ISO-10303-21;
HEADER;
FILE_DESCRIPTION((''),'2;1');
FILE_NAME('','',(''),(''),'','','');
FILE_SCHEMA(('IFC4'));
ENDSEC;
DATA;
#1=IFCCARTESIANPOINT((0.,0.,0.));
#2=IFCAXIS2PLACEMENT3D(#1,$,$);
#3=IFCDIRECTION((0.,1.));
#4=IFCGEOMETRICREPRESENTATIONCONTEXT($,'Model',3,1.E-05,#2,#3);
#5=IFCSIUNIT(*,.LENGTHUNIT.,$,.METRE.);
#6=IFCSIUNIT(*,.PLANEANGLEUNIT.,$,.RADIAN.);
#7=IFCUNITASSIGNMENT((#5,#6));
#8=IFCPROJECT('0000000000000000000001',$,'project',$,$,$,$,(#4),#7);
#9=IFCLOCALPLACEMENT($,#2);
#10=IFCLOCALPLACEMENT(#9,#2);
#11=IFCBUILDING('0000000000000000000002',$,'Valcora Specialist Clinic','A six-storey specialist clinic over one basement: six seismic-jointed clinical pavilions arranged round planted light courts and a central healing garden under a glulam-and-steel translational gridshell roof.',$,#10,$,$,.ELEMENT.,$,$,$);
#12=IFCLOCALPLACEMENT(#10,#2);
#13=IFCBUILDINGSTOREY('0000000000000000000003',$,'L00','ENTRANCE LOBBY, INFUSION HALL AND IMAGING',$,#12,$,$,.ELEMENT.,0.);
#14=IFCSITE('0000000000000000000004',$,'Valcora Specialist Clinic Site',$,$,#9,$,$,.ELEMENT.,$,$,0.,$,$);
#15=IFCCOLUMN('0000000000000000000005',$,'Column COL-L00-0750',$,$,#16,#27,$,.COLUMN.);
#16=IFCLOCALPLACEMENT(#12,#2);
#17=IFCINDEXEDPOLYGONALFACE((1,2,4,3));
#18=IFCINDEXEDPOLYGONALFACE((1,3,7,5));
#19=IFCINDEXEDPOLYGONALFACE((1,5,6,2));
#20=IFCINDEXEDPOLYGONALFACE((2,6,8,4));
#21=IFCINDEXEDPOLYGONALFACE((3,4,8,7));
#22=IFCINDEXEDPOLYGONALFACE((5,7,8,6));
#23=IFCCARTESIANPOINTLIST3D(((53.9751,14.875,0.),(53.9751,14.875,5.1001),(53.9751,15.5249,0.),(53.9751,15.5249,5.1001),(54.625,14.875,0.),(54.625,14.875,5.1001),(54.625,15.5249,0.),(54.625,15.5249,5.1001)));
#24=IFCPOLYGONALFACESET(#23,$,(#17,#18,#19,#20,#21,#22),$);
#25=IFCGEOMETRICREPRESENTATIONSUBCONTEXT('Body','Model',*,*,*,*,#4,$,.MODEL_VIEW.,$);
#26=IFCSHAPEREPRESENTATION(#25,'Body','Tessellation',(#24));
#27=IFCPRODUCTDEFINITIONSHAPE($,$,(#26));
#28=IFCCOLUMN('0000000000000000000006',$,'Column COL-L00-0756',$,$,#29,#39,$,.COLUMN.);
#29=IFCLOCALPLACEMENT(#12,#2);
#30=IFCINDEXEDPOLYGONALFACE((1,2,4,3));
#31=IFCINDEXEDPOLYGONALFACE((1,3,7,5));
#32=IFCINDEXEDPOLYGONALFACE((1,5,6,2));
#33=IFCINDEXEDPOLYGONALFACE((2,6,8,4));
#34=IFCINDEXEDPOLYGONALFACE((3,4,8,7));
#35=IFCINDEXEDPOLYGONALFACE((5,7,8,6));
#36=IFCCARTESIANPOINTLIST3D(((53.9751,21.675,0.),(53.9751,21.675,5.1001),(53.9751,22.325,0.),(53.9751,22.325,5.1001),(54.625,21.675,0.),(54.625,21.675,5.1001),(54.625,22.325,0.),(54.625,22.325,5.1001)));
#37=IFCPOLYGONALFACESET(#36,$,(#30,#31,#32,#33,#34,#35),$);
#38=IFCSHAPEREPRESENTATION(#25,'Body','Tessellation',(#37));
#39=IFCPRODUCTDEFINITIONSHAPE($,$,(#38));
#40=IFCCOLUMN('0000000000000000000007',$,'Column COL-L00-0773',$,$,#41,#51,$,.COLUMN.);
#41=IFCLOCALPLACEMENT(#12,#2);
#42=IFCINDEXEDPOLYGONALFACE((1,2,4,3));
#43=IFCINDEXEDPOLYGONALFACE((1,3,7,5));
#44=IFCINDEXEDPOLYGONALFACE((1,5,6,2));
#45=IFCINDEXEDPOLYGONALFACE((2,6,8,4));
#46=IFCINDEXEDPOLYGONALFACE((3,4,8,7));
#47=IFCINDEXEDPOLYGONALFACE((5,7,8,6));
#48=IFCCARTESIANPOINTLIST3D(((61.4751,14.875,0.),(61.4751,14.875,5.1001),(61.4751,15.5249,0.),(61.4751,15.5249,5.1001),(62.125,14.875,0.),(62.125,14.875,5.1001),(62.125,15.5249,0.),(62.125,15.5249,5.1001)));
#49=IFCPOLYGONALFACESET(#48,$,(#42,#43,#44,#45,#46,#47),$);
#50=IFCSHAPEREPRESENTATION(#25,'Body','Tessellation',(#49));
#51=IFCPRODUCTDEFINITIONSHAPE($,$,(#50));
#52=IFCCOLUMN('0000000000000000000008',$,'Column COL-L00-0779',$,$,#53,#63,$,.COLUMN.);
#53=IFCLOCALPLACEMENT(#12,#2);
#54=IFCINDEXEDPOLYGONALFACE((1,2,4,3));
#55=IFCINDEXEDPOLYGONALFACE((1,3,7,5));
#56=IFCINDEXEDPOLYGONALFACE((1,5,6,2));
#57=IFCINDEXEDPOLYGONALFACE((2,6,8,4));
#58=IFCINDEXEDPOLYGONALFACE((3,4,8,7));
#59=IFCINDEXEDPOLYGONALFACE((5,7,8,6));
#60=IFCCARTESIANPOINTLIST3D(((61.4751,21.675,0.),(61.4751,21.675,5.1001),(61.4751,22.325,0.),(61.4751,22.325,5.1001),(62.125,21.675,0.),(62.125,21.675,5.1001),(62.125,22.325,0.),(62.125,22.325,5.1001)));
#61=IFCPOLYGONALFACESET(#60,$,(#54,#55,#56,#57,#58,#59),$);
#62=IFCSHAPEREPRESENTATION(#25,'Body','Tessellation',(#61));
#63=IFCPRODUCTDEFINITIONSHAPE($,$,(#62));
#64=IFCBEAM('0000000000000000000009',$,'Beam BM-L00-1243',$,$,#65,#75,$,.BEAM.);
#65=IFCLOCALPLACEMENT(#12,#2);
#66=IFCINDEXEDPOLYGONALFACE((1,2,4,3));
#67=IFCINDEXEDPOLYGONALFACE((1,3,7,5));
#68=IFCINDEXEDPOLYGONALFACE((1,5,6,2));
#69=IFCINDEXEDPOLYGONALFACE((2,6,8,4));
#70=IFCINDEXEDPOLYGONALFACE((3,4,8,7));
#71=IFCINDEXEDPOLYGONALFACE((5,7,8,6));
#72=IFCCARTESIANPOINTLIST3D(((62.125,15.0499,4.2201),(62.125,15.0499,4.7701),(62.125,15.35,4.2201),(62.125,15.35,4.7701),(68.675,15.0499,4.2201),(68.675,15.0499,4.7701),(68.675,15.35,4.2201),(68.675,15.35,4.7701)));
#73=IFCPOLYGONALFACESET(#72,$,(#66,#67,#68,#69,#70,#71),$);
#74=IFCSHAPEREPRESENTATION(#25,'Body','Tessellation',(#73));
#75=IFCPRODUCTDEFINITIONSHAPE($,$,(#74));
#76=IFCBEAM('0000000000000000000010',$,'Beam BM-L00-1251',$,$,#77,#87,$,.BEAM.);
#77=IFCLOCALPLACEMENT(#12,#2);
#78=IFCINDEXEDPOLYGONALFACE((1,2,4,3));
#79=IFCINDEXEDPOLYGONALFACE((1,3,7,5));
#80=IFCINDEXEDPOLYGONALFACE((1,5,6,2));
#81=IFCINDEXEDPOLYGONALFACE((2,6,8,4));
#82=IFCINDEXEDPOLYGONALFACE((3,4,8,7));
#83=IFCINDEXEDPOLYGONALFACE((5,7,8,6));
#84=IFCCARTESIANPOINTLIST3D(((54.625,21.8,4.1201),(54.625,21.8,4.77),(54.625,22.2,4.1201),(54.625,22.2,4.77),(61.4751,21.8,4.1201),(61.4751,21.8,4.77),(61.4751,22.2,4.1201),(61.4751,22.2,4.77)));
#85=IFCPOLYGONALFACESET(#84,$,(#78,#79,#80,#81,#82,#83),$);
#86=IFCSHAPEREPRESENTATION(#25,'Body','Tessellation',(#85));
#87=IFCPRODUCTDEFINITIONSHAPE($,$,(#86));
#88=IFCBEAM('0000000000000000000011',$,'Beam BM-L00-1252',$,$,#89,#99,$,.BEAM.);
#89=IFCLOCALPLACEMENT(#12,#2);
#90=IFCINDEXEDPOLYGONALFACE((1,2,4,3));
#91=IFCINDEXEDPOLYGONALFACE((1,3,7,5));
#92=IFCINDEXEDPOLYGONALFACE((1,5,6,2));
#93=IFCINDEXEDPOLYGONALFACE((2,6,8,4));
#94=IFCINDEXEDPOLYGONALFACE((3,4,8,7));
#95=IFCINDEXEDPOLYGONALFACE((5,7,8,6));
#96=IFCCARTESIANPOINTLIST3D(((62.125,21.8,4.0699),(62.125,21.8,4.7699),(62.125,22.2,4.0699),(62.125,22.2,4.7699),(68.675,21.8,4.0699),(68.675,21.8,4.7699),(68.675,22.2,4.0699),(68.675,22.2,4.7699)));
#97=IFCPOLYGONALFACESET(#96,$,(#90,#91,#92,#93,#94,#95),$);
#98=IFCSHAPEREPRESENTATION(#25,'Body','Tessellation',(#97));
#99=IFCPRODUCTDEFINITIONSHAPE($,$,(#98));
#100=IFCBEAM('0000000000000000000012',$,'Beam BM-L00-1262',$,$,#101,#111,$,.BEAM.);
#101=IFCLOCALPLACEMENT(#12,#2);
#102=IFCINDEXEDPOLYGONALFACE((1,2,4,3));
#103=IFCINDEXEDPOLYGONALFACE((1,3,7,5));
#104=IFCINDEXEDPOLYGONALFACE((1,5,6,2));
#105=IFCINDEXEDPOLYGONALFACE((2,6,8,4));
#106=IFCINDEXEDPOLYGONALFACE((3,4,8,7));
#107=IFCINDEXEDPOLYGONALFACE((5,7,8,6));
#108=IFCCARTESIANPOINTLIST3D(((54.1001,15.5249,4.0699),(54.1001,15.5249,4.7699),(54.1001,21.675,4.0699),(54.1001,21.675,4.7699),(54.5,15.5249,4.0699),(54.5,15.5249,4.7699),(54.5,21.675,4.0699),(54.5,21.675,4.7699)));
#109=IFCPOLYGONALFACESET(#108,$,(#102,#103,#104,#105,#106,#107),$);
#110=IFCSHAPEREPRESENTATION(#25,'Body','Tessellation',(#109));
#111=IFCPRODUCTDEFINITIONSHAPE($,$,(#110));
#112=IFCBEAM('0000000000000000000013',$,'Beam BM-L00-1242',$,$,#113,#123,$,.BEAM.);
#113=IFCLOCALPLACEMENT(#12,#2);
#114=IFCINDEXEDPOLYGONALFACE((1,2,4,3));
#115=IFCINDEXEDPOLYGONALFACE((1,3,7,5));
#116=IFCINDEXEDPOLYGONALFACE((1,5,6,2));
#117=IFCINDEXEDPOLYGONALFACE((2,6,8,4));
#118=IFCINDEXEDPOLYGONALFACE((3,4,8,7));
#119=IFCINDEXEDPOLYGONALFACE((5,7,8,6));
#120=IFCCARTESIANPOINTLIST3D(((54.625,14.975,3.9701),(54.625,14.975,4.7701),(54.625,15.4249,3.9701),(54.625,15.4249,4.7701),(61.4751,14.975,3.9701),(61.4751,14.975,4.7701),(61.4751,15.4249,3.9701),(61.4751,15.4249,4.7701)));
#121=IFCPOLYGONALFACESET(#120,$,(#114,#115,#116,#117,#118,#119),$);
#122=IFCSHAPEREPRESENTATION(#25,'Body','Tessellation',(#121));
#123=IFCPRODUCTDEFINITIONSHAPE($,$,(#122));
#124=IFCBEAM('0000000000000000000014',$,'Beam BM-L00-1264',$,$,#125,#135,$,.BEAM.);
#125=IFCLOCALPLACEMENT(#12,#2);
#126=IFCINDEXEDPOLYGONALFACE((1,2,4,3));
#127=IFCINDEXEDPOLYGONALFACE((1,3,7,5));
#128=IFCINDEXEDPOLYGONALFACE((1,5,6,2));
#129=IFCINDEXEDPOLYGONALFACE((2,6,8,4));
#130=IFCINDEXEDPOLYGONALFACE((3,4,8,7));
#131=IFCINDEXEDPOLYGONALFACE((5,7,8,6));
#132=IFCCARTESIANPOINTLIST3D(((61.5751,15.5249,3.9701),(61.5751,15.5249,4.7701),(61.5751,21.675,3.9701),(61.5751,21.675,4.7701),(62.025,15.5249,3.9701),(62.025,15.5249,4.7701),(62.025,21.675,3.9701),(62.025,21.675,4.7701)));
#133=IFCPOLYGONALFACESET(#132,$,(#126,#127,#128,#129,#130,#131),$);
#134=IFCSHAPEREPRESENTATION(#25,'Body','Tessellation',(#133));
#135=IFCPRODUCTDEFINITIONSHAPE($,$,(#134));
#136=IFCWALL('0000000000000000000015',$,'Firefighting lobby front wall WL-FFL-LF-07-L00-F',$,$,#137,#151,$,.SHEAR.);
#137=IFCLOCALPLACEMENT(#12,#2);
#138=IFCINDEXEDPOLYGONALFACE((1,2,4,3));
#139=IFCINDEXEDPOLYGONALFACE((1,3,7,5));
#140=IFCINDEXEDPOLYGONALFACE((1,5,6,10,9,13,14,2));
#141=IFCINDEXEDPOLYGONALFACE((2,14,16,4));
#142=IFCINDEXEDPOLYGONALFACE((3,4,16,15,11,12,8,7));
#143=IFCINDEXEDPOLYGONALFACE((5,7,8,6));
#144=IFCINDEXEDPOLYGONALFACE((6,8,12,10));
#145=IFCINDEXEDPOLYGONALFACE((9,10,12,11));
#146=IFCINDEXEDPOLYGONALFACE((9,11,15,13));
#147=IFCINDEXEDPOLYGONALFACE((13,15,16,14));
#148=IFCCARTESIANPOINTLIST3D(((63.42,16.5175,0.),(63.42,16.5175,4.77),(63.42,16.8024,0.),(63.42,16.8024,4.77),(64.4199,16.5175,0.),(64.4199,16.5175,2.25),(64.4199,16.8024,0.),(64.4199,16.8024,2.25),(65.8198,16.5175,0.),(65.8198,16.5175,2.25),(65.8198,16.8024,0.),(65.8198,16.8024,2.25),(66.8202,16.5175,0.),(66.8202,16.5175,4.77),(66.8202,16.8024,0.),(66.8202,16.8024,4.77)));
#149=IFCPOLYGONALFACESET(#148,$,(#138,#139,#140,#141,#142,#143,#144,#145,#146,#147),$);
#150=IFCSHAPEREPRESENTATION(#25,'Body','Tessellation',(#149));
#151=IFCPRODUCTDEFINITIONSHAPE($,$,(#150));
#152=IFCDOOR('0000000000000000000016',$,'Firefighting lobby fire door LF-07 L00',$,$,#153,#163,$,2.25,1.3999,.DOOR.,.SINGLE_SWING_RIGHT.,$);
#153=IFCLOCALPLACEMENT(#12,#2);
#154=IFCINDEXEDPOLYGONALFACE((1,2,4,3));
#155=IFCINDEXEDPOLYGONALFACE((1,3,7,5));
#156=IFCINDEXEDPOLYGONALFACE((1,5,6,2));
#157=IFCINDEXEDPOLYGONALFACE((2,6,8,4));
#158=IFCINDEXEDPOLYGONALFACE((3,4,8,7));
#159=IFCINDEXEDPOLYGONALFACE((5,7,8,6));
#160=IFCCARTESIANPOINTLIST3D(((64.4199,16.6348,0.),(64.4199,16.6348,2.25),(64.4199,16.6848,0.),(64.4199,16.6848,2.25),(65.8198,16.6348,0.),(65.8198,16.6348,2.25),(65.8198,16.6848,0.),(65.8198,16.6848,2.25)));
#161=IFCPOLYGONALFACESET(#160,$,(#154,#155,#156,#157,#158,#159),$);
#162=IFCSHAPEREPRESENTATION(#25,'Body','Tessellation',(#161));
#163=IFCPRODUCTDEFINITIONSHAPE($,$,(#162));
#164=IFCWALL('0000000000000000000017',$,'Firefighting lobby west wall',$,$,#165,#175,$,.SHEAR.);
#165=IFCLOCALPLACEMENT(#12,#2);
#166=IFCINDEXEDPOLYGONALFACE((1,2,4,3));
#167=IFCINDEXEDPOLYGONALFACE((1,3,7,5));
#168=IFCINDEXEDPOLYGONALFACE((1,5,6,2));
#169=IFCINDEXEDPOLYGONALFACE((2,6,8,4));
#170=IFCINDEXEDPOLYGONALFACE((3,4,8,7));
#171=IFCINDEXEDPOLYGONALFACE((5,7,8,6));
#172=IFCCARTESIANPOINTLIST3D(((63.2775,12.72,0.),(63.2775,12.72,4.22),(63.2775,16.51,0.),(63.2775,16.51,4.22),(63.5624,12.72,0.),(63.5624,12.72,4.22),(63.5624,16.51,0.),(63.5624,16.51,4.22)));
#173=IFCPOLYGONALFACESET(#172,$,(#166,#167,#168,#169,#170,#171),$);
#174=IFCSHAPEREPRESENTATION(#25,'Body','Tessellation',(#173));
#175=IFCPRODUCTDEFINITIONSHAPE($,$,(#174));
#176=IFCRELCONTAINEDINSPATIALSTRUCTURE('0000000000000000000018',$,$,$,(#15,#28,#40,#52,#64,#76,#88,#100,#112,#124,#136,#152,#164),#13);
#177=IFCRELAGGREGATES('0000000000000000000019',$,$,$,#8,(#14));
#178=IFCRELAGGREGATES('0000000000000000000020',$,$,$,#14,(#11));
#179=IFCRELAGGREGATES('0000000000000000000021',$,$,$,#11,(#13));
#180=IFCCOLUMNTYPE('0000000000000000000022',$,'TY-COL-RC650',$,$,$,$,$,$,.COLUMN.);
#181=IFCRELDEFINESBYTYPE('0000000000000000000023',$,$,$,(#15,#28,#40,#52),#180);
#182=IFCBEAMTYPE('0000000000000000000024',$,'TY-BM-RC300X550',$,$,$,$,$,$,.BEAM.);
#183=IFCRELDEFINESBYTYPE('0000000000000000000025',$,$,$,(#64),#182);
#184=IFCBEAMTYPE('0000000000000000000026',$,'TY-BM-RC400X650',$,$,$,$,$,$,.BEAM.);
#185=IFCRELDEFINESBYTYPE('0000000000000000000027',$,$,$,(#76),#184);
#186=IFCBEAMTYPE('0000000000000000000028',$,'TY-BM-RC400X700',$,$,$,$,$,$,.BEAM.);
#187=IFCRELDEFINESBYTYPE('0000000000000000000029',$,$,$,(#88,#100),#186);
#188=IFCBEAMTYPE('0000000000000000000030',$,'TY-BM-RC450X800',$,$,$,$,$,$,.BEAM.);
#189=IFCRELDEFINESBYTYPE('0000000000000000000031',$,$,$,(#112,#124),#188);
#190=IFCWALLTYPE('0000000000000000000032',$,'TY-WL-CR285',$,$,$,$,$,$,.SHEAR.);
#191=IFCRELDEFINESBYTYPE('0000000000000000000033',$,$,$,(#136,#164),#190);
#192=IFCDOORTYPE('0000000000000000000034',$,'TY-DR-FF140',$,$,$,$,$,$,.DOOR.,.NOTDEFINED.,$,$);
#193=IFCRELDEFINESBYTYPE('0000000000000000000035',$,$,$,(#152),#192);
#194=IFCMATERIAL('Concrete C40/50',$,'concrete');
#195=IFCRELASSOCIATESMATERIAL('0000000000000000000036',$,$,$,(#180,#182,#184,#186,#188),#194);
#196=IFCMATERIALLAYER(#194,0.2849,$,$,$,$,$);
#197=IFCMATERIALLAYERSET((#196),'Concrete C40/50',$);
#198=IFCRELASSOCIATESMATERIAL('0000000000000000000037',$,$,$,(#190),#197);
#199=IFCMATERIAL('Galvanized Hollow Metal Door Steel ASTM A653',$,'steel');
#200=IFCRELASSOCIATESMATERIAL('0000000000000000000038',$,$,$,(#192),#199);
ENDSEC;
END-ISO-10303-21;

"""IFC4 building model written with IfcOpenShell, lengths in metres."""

from ifc_helpers import new_model, si_unit, direction, frame, frame_2d, origin, origin_2d, place, context, subcontext, project, spatial, rectangle, extrude, material, layer, layer_set, material_profile, profile_set, type_object, element, fill, save


model = new_model("IFC4")

# Units and contexts
model_context = context("Model", 3, precision=1e-05, world=origin(), true_north=direction((0.0, 1.0)))
body_context = subcontext(model_context, "Body", "Model", "MODEL_VIEW")
ifc_project = project(units=[si_unit("LENGTHUNIT", "METRE"), si_unit("PLANEANGLEUNIT", "RADIAN")], contexts=[model_context])

# Site, building, storey
site_placement = place(None, origin())
site = spatial("IfcSite", under=ifc_project, at=site_placement, Name="Valcora Specialist Clinic Site", CompositionType="ELEMENT", RefElevation=0.0)
building_placement = place(site_placement, origin())
building = spatial("IfcBuilding", under=site, at=building_placement, Name="Valcora Specialist Clinic", Description="A six-storey specialist clinic over one basement: six seismic-jointed clinical pavilions arranged round planted light courts and a central healing garden under a glulam-and-steel translational gridshell roof.", CompositionType="ELEMENT")
storey_placement = place(building_placement, origin())
storey = spatial("IfcBuildingStorey", under=building, at=storey_placement, Name="L00", Description="ENTRANCE LOBBY, INFUSION HALL AND IMAGING", CompositionType="ELEMENT", Elevation=0.0)

# Columns
ifc_material_1 = material(Name="Concrete C40/50", Category="concrete")
ifc_material_profile_1 = material_profile(ifc_material_1, rectangle(XDim=0.6499, YDim=0.6499, at=origin_2d()), Name="RC-COL-650X650")
ifc_profile_set_1 = profile_set([ifc_material_profile_1], Name="Concrete C40/50")
column_type = type_object("IfcColumnType", Name="TY-COL-RC650", PredefinedType="COLUMN", material=ifc_profile_set_1)
for number, where, z_axis, x_axis, name in (
    (1, (54.3, 15.2, 0.0), (0.0, 0.0, 1.0), (1.0, 0.0, 0.0), "Column COL-L00-0750"),
    (2, (54.3, 22.0, 0.0), (0.0, 0.0, 1.0), (1.0, 0.0, 0.0), "Column COL-L00-0756"),
    (3, (61.8, 15.2, 0.0), (0.0, 0.0, 1.0), (1.0, 0.0, 0.0), "Column COL-L00-0773"),
    (4, (61.8, 22.0, 0.0), (0.0, 0.0, 1.0), (1.0, 0.0, 0.0), "Column COL-L00-0779"),
):
    element("IfcColumn", number, at=place(storey_placement, frame(where, z_axis=z_axis, x_axis=x_axis)), inside=storey, type_object=column_type, Name=name, PredefinedType="COLUMN", context=body_context, shape_type="SweptSolid", body=[
        extrude(rectangle(XDim=0.6499, YDim=0.6499, at=origin_2d()), origin(), (0.0, 0.0, 1.0), 5.1001),
    ])

# Beams
ifc_material_profile_2 = material_profile(ifc_material_1, rectangle(XDim=0.3, YDim=0.55, at=origin_2d()), Name="RC-BM-300X550")
ifc_profile_set_2 = profile_set([ifc_material_profile_2], Name="Concrete C40/50")
beam_type_1 = type_object("IfcBeamType", Name="TY-BM-RC300X550", PredefinedType="BEAM", material=ifc_profile_set_2)
beam_1_placement = place(storey_placement, frame((62.125, 15.2, 4.4951), z_axis=(1.0, 0.0, 0.0), x_axis=(0.0, 1.0, 0.0)))
element("IfcBeam", 5, at=beam_1_placement, inside=storey, type_object=beam_type_1, Name="Beam BM-L00-1243", PredefinedType="BEAM", context=body_context, shape_type="SweptSolid", body=[
    extrude(rectangle(XDim=0.3, YDim=0.55, at=origin_2d()), origin(), (0.0, 0.0, 1.0), 6.55),
])
ifc_material_profile_3 = material_profile(ifc_material_1, rectangle(XDim=0.3999, YDim=0.6499, at=origin_2d()), Name="RC-BM-400X650")
ifc_profile_set_3 = profile_set([ifc_material_profile_3], Name="Concrete C40/50")
beam_type_2 = type_object("IfcBeamType", Name="TY-BM-RC400X650", PredefinedType="BEAM", material=ifc_profile_set_3)
beam_2_placement = place(storey_placement, frame((54.625, 22.0, 4.4451), z_axis=(1.0, 0.0, 0.0), x_axis=(0.0, 1.0, 0.0)))
element("IfcBeam", 6, at=beam_2_placement, inside=storey, type_object=beam_type_2, Name="Beam BM-L00-1251", PredefinedType="BEAM", context=body_context, shape_type="SweptSolid", body=[
    extrude(rectangle(XDim=0.3999, YDim=0.6499, at=origin_2d()), origin(), (0.0, 0.0, 1.0), 6.8501),
])
ifc_material_profile_4 = material_profile(ifc_material_1, rectangle(XDim=0.3999, YDim=0.7, at=origin_2d()), Name="RC-BM-400X700")
ifc_profile_set_4 = profile_set([ifc_material_profile_4], Name="Concrete C40/50")
beam_type_3 = type_object("IfcBeamType", Name="TY-BM-RC400X700", PredefinedType="BEAM", material=ifc_profile_set_4)
beam_3_placement = place(storey_placement, frame((62.125, 22.0, 4.4199), z_axis=(1.0, 0.0, 0.0), x_axis=(0.0, 1.0, 0.0)))
element("IfcBeam", 7, at=beam_3_placement, inside=storey, type_object=beam_type_3, Name="Beam BM-L00-1252", PredefinedType="BEAM", context=body_context, shape_type="SweptSolid", body=[
    extrude(rectangle(XDim=0.3999, YDim=0.7, at=origin_2d()), origin(), (0.0, 0.0, 1.0), 6.55),
])
beam_4_placement = place(storey_placement, frame((54.3, 15.5249, 4.4199), z_axis=(0.0, 1.0, 0.0), x_axis=(-1.0, 0.0, 0.0)))
element("IfcBeam", 8, at=beam_4_placement, inside=storey, type_object=beam_type_3, Name="Beam BM-L00-1262", PredefinedType="BEAM", context=body_context, shape_type="SweptSolid", body=[
    extrude(rectangle(XDim=0.3999, YDim=0.7, at=origin_2d()), origin(), (0.0, 0.0, 1.0), 6.1501),
])
ifc_material_profile_5 = material_profile(ifc_material_1, rectangle(XDim=0.45, YDim=0.8, at=origin_2d()), Name="RC-BM-450X800")
ifc_profile_set_5 = profile_set([ifc_material_profile_5], Name="Concrete C40/50")
beam_type_4 = type_object("IfcBeamType", Name="TY-BM-RC450X800", PredefinedType="BEAM", material=ifc_profile_set_5)
beam_5_placement = place(storey_placement, frame((54.625, 15.2, 4.3701), z_axis=(1.0, 0.0, 0.0), x_axis=(0.0, 1.0, 0.0)))
element("IfcBeam", 9, at=beam_5_placement, inside=storey, type_object=beam_type_4, Name="Beam BM-L00-1242", PredefinedType="BEAM", context=body_context, shape_type="SweptSolid", body=[
    extrude(rectangle(XDim=0.45, YDim=0.8, at=origin_2d()), origin(), (0.0, 0.0, 1.0), 6.8501),
])
beam_6_placement = place(storey_placement, frame((61.8, 15.5249, 4.3701), z_axis=(0.0, 1.0, 0.0), x_axis=(-1.0, 0.0, 0.0)))
element("IfcBeam", 10, at=beam_6_placement, inside=storey, type_object=beam_type_4, Name="Beam BM-L00-1264", PredefinedType="BEAM", context=body_context, shape_type="SweptSolid", body=[
    extrude(rectangle(XDim=0.45, YDim=0.8, at=origin_2d()), origin(), (0.0, 0.0, 1.0), 6.1501),
])

# Wall, opening, door
ifc_layer_1 = layer(ifc_material_1, 0.2849)
ifc_layer_set_1 = layer_set([ifc_layer_1], Name="Concrete C40/50")
wall_type_1 = type_object("IfcWallType", Name="TY-WL-CR285", PredefinedType="SHEAR", material=ifc_layer_set_1)
wall_1_placement = place(storey_placement, frame((63.4199, 16.6599, 0.0), z_axis=(0.0, 0.0, 1.0), x_axis=(1.0, 0.0, 0.0)))
wall_1 = element("IfcWall", 11, at=wall_1_placement, inside=storey, type_object=wall_type_1, Name="Firefighting lobby front wall WL-FFL-LF-07-L00-F", PredefinedType="SHEAR", context=body_context, shape_type="SweptSolid", body=[
    extrude(rectangle(XDim=3.4001, YDim=0.2849, at=frame_2d((1.7002, 0.0))), origin(), (0.0, 0.0, 1.0), 4.77),
])
opening_1_placement = place(wall_1_placement, frame((1.0, 0.0, 0.0)))
opening_1 = element("IfcOpeningElement", 12, at=opening_1_placement, cuts=wall_1, PredefinedType="OPENING", context=body_context, shape_type="SweptSolid", body=[
    extrude(rectangle(XDim=1.3999, YDim=2.25, at=frame_2d((0.7, 1.125))), frame((0.0, 0.1523, 0.0), z_axis=(0.0, -1.0, 0.0), x_axis=(1.0, 0.0, 0.0)), (0.0, 0.0, 1.0), 0.3049),
])
ifc_material_2 = material(Name="Galvanized Hollow Metal Door Steel ASTM A653", Category="steel")
door_type_1 = type_object("IfcDoorType", Name="TY-DR-FF140", OperationType="NOTDEFINED", PredefinedType="DOOR", material=ifc_material_2)
door_1_placement = place(opening_1_placement, origin())
door_1 = element("IfcDoor", 13, at=door_1_placement, inside=storey, type_object=door_type_1, Name="Firefighting lobby fire door LF-07 L00", OperationType="SINGLE_SWING_RIGHT", OverallHeight=2.25, OverallWidth=1.3999, PredefinedType="DOOR", context=body_context, shape_type="SweptSolid", body=[
    extrude(rectangle(XDim=1.3999, YDim=2.25, at=frame_2d((0.7, 1.125))), frame((0.0, 0.0249, 0.0), z_axis=(0.0, -1.0, 0.0), x_axis=(1.0, 0.0, 0.0)), (0.0, 0.0, 1.0), 0.05),
])
fill(opening_1, door_1)

# Wall
wall_2_placement = place(storey_placement, frame((63.4199, 12.72, 0.0), z_axis=(0.0, 0.0, 1.0), x_axis=(0.0, 1.0, 0.0)))
element("IfcWall", 14, at=wall_2_placement, inside=storey, type_object=wall_type_1, Name="Firefighting lobby west wall", PredefinedType="SHEAR", context=body_context, shape_type="SweptSolid", body=[
    extrude(rectangle(XDim=3.79, YDim=0.2849, at=frame_2d((1.895, 0.0))), origin(), (0.0, 0.0, 1.0), 4.22),
])

save(model, "model.ifc")
